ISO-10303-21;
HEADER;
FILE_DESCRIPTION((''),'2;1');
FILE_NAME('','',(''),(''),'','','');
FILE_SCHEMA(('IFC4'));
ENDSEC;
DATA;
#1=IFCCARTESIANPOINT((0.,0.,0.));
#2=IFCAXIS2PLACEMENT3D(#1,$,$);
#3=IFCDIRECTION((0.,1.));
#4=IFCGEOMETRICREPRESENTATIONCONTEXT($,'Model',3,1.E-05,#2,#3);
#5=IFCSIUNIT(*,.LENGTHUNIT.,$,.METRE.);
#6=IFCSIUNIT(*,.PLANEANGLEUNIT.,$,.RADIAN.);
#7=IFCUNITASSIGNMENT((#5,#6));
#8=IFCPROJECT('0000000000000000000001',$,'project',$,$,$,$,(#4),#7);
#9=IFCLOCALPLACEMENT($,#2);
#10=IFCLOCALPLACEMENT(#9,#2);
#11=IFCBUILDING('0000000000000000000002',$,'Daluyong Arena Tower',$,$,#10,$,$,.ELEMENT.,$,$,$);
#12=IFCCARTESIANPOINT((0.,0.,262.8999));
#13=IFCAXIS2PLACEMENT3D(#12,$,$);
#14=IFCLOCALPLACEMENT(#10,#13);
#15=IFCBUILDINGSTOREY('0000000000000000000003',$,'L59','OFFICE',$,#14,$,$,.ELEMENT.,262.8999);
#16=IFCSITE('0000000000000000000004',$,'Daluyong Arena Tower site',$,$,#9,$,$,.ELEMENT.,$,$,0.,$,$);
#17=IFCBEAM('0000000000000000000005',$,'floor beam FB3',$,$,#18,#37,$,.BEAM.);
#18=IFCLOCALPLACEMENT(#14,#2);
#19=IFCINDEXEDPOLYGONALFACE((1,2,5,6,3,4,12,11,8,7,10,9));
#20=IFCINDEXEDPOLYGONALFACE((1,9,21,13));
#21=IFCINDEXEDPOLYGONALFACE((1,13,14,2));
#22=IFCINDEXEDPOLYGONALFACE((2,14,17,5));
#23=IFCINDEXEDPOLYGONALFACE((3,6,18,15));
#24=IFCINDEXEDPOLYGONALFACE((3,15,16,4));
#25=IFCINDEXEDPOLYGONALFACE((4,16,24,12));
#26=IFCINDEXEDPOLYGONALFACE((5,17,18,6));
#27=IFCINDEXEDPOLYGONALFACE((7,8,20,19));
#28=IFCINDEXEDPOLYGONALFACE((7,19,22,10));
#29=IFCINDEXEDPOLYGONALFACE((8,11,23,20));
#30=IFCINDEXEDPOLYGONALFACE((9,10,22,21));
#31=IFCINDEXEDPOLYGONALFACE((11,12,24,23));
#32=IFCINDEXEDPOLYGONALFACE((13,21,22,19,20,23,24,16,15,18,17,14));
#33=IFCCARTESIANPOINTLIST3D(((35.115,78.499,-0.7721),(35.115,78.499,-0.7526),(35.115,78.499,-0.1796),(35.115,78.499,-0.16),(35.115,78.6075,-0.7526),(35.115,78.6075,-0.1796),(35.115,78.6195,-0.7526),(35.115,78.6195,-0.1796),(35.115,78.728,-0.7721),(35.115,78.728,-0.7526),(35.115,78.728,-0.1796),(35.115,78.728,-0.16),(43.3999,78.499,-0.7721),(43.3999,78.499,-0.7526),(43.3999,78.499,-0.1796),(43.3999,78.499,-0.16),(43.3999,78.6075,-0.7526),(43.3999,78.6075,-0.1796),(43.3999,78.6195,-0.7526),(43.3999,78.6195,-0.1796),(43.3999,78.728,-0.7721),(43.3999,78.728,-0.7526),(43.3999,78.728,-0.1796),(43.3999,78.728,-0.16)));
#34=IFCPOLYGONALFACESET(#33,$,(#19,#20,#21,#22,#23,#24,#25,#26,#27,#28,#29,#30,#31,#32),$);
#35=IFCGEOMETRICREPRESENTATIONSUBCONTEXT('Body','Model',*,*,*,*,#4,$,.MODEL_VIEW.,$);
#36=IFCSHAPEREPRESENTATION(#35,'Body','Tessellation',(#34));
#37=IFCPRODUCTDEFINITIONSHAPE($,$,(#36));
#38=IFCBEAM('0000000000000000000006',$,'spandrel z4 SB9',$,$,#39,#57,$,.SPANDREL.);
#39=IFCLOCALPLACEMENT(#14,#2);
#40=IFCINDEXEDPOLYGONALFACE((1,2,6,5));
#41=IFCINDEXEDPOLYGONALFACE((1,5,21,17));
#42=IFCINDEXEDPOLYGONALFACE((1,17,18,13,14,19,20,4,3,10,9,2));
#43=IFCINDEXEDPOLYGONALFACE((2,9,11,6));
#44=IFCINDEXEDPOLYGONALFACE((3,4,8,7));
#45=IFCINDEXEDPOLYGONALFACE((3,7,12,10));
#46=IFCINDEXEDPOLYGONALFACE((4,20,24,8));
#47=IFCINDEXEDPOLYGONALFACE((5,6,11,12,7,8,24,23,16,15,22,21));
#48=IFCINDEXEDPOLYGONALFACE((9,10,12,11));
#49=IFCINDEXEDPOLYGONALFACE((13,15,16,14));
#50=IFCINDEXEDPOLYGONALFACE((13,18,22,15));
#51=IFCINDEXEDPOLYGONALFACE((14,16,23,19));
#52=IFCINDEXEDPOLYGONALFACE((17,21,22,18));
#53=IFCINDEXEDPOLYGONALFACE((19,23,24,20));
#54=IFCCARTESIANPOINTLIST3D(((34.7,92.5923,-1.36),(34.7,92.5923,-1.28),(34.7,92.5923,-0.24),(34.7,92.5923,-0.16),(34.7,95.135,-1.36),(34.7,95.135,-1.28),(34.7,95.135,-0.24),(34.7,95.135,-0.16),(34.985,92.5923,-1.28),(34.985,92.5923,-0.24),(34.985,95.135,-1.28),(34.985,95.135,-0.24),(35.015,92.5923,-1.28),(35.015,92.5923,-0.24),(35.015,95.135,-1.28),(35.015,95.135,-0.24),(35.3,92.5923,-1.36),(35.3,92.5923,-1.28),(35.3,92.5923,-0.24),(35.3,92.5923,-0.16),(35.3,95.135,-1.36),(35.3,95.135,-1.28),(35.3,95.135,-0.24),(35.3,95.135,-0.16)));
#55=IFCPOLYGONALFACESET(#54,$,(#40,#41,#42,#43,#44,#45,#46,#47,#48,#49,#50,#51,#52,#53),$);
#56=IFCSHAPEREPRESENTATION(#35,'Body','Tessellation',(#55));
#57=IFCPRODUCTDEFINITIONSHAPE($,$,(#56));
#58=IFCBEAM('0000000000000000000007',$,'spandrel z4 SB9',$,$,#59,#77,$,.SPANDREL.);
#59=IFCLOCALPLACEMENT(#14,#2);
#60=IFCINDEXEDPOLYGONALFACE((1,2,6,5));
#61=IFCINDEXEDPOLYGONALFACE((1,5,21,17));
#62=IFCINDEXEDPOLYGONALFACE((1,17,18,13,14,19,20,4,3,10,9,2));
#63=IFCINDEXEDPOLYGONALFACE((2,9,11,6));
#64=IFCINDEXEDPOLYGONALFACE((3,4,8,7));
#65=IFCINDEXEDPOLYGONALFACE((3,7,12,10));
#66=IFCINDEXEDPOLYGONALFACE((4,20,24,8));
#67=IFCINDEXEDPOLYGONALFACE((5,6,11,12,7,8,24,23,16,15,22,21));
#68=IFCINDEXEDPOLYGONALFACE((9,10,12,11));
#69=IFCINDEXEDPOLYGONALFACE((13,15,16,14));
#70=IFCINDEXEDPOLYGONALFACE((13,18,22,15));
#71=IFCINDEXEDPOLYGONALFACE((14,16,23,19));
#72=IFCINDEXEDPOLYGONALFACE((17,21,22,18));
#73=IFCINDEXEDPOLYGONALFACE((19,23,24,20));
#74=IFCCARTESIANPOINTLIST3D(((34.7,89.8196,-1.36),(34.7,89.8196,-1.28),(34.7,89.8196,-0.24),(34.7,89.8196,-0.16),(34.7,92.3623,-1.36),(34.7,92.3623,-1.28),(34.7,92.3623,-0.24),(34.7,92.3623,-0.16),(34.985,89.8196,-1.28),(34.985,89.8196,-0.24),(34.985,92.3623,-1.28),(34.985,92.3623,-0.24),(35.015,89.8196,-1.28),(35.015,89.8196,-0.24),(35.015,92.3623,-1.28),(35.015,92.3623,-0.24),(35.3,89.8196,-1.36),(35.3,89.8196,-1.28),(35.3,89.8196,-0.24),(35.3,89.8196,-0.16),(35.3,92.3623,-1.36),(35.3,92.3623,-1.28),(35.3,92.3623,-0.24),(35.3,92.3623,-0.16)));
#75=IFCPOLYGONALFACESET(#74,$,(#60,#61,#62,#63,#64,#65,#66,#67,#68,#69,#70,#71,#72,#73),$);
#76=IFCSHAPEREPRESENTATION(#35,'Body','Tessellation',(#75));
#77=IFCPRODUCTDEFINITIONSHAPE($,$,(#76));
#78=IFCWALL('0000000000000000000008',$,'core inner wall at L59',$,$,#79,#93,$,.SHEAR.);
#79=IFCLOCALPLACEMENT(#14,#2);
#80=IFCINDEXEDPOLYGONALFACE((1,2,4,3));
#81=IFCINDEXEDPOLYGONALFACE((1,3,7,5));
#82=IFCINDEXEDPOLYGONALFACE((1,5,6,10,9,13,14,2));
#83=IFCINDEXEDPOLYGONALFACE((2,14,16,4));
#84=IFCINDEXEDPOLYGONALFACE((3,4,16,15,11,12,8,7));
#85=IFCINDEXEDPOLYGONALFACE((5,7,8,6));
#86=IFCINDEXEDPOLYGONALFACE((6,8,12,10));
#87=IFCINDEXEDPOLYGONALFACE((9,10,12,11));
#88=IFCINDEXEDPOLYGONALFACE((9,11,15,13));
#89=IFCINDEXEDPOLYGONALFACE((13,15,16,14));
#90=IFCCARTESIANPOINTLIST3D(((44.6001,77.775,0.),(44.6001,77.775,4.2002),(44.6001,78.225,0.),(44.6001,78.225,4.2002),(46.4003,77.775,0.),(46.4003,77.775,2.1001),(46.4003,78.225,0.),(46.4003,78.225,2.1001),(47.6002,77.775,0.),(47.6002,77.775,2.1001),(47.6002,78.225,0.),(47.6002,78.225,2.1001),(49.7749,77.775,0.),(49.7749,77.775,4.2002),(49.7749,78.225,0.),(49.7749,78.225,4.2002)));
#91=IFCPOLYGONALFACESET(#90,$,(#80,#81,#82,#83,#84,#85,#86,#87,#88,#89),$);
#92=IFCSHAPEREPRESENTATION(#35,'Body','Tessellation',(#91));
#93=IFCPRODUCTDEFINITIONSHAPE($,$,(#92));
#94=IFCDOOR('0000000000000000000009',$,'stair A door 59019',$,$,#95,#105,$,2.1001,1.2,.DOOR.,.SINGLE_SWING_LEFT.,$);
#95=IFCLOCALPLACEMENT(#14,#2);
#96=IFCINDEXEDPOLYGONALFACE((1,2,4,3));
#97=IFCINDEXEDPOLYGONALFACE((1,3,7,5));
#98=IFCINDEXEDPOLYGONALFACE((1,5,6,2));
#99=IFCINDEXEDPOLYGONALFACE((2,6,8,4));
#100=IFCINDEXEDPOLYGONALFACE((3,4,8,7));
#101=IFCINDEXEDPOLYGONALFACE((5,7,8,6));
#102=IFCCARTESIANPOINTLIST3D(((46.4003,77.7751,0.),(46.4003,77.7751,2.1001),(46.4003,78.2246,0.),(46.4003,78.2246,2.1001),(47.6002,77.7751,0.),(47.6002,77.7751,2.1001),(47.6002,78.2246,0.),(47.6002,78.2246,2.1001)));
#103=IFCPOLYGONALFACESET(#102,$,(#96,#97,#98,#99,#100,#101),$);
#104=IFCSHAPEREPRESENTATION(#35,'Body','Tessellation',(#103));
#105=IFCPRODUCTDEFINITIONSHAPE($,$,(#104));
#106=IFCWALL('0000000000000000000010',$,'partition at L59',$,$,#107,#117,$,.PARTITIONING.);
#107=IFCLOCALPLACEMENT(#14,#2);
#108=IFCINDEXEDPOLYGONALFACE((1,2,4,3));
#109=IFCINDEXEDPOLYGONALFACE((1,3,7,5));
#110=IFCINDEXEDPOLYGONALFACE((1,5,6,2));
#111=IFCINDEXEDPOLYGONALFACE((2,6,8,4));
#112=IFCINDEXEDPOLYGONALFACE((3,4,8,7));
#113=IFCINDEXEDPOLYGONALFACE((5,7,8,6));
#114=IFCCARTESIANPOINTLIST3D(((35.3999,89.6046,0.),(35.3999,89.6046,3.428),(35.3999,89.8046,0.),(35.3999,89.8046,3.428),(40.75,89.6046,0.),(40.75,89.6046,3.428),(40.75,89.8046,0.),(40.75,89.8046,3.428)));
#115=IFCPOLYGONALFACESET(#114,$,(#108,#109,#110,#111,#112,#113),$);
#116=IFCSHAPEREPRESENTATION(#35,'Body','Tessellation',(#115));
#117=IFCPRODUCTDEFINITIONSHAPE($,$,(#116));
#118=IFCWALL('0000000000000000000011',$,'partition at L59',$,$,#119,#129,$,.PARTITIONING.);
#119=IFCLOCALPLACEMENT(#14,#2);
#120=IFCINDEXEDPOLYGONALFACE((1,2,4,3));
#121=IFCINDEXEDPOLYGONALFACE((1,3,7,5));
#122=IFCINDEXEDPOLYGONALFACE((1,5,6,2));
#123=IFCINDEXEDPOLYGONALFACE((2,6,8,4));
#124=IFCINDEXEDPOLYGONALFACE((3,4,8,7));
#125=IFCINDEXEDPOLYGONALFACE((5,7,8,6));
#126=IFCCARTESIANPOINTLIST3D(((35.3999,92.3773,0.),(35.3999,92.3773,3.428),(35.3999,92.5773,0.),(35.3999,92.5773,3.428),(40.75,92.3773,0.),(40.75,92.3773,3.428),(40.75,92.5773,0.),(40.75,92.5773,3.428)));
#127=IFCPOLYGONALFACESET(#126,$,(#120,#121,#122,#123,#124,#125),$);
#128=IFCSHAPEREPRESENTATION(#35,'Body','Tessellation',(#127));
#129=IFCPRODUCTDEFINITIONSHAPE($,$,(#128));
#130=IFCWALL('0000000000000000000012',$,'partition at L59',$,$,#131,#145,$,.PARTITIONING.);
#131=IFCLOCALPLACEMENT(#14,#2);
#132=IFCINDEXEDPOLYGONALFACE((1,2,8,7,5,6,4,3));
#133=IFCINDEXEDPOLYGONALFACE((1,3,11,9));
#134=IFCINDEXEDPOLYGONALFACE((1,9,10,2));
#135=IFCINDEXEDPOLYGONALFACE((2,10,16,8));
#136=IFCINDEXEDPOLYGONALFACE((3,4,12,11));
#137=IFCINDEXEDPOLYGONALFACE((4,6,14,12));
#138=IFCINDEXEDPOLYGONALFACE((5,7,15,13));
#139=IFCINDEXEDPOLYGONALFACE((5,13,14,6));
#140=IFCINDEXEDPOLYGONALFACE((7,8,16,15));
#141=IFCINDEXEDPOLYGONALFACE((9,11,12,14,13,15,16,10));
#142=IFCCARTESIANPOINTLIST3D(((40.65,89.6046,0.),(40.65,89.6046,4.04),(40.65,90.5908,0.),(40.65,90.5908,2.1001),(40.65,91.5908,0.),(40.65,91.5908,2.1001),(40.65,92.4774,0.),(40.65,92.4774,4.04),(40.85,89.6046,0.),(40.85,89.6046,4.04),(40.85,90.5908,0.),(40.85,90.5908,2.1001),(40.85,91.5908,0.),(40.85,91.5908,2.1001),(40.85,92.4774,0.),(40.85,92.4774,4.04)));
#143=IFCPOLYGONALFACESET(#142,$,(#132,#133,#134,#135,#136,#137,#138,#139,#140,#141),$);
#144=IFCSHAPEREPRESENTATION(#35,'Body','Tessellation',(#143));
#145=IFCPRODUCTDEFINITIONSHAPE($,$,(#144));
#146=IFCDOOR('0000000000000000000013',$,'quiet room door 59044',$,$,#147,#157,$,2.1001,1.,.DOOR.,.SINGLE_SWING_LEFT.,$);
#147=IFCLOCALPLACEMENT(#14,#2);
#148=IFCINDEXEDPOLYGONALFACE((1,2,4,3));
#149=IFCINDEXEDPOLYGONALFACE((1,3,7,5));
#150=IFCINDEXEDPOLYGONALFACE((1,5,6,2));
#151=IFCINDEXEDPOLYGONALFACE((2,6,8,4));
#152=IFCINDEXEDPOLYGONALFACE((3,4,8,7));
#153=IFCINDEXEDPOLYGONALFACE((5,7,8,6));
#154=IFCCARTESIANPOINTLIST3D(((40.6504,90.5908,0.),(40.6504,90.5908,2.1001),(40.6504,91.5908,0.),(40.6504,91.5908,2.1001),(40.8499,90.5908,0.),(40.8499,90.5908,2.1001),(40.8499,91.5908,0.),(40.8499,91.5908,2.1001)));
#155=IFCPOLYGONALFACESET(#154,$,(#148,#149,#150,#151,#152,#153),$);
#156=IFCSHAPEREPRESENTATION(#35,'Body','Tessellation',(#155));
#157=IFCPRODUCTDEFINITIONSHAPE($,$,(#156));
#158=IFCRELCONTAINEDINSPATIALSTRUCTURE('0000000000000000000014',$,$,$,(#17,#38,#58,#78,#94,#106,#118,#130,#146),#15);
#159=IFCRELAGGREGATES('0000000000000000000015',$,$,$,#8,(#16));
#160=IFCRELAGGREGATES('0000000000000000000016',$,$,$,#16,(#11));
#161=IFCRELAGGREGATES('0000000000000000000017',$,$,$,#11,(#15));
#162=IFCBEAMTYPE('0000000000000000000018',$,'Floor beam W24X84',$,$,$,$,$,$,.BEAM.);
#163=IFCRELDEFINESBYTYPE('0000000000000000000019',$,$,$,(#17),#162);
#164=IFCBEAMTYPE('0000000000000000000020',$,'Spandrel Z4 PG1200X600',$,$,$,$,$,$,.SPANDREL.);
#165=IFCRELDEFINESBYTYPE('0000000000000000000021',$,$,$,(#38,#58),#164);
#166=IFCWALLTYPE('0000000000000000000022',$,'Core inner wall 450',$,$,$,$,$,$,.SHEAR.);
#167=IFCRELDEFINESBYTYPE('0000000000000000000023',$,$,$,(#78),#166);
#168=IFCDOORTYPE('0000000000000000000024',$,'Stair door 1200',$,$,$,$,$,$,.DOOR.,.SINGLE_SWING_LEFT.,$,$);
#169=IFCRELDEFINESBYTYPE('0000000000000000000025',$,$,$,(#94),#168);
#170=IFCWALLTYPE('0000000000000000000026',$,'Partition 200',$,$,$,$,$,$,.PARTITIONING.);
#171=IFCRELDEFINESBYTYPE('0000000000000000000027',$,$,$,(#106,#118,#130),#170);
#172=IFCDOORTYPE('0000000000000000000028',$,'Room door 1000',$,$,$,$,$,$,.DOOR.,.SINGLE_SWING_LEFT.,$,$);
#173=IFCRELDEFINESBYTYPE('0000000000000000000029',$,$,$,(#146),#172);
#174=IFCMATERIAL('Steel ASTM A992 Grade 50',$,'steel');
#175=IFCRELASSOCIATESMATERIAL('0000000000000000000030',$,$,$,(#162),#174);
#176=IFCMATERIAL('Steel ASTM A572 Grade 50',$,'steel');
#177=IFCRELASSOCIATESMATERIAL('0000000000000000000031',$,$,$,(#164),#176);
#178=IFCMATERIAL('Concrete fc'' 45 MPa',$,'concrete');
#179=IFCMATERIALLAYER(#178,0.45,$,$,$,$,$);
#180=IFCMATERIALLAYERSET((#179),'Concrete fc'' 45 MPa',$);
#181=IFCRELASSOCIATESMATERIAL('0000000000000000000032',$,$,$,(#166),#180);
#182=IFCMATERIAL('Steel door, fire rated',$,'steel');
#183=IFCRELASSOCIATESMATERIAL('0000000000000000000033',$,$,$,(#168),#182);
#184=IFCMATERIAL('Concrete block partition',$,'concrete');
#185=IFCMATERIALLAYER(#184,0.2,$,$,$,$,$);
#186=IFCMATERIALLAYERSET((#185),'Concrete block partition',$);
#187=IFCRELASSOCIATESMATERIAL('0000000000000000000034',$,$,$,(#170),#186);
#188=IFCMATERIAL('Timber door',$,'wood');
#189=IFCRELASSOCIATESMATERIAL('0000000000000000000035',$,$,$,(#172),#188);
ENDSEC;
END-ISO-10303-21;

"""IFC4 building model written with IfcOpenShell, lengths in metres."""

from ifc_helpers import new_model, si_unit, direction, frame, frame_2d, origin, origin_2d, place, context, subcontext, project, spatial, rectangle, i_section, extrude, material, layer, layer_set, material_profile, profile_set, type_object, element, fill, save


model = new_model("IFC4")

# Units and contexts
model_context = context("Model", 3, precision=1e-05, world=origin(), true_north=direction((0.0, 1.0)))
body_context = subcontext(model_context, "Body", "Model", "MODEL_VIEW")
ifc_project = project(units=[si_unit("LENGTHUNIT", "METRE"), si_unit("PLANEANGLEUNIT", "RADIAN")], contexts=[model_context])

# Site, building, storey
site_placement = place(None, origin())
site = spatial("IfcSite", under=ifc_project, at=site_placement, Name="Daluyong Arena Tower site", CompositionType="ELEMENT", RefElevation=0.0)
building_placement = place(site_placement, origin())
building = spatial("IfcBuilding", under=site, at=building_placement, Name="Daluyong Arena Tower", CompositionType="ELEMENT")
storey_placement = place(building_placement, frame((0.0, 0.0, 262.8999)))
storey = spatial("IfcBuildingStorey", under=building, at=storey_placement, Name="L59", Description="OFFICE", CompositionType="ELEMENT", Elevation=262.8999)

# Beams
ifc_material_1 = material(Name="Steel ASTM A992 Grade 50", Category="steel")
ifc_material_profile_1 = material_profile(ifc_material_1, i_section(OverallWidth=0.229, OverallDepth=0.6121, WebThickness=0.012, FlangeThickness=0.0195, at=origin_2d()))
ifc_profile_set_1 = profile_set([ifc_material_profile_1], Name="Steel ASTM A992 Grade 50")
beam_type_1 = type_object("IfcBeamType", Name="Floor beam W24X84", PredefinedType="BEAM", material=ifc_profile_set_1)
for number, where, z_axis, x_axis, name in (
    (1, (35.115, 78.6135, -0.4661), (1.0, 0.0, 0.0), (0.0, 1.0, 0.0), "floor beam FB3"),
):
    element("IfcBeam", number, at=place(storey_placement, frame(where, z_axis=z_axis, x_axis=x_axis)), inside=storey, type_object=beam_type_1, Name=name, PredefinedType="BEAM", context=body_context, shape_type="SweptSolid", body=[
        extrude(i_section(OverallWidth=0.229, OverallDepth=0.6121, WebThickness=0.012, FlangeThickness=0.0195, at=origin_2d()), origin(), (0.0, 0.0, 1.0), 8.2849),
    ])
ifc_material_2 = material(Name="Steel ASTM A572 Grade 50", Category="steel")
ifc_material_profile_2 = material_profile(ifc_material_2, i_section(OverallWidth=0.6001, OverallDepth=1.2, WebThickness=0.03, FlangeThickness=0.08, at=origin_2d()))
ifc_profile_set_2 = profile_set([ifc_material_profile_2], Name="Steel ASTM A572 Grade 50")
beam_type_2 = type_object("IfcBeamType", Name="Spandrel Z4 PG1200X600", PredefinedType="SPANDREL", material=ifc_profile_set_2)
for number, where, z_axis, x_axis, name in (
    (2, (35.0, 95.135, -0.76), (0.0, -1.0, 0.0), (1.0, 0.0, 0.0), "spandrel z4 SB9"),
    (3, (35.0, 92.3623, -0.76), (0.0, -1.0, 0.0), (1.0, 0.0, 0.0), "spandrel z4 SB9"),
):
    element("IfcBeam", number, at=place(storey_placement, frame(where, z_axis=z_axis, x_axis=x_axis)), inside=storey, type_object=beam_type_2, Name=name, PredefinedType="SPANDREL", context=body_context, shape_type="SweptSolid", body=[
        extrude(i_section(OverallWidth=0.6001, OverallDepth=1.2, WebThickness=0.03, FlangeThickness=0.08, at=origin_2d()), origin(), (0.0, 0.0, 1.0), 2.5427),
    ])

# Wall, opening, door
ifc_material_3 = material(Name="Concrete fc' 45 MPa", Category="concrete")
ifc_layer_1 = layer(ifc_material_3, 0.45)
ifc_layer_set_1 = layer_set([ifc_layer_1], Name="Concrete fc' 45 MPa")
wall_type_1 = type_object("IfcWallType", Name="Core inner wall 450", PredefinedType="SHEAR", material=ifc_layer_set_1)
wall_1_placement = place(storey_placement, frame((44.6001, 78.0, 0.0), z_axis=(0.0, 0.0, 1.0), x_axis=(1.0, 0.0, 0.0)))
wall_1 = element("IfcWall", 4, at=wall_1_placement, inside=storey, type_object=wall_type_1, Name="core inner wall at L59", PredefinedType="SHEAR", context=body_context, shape_type="SweptSolid", body=[
    extrude(rectangle(XDim=5.1748, YDim=0.45, at=frame_2d((2.5874, 0.0))), origin(), (0.0, 0.0, 1.0), 4.2002),
])
opening_1_placement = place(wall_1_placement, frame((1.8, 0.0, 0.0)))
opening_1 = element("IfcOpeningElement", 5, at=opening_1_placement, cuts=wall_1, PredefinedType="OPENING", context=body_context, shape_type="SweptSolid", body=[
    extrude(rectangle(XDim=1.2, YDim=2.1001, at=frame_2d((0.6001, 1.05))), frame((0.0, 0.2349, 0.0), z_axis=(0.0, -1.0, 0.0), x_axis=(1.0, 0.0, 0.0)), (0.0, 0.0, 1.0), 0.47),
])
ifc_material_4 = material(Name="Steel door, fire rated", Category="steel")
door_type_1 = type_object("IfcDoorType", Name="Stair door 1200", OperationType="SINGLE_SWING_LEFT", PredefinedType="DOOR", material=ifc_material_4)
door_1_placement = place(opening_1_placement, origin())
door_1 = element("IfcDoor", 6, at=door_1_placement, inside=storey, type_object=door_type_1, Name="stair A door 59019", OperationType="SINGLE_SWING_LEFT", OverallHeight=2.1001, OverallWidth=1.2, PredefinedType="DOOR", context=body_context, shape_type="SweptSolid", body=[
    extrude(rectangle(XDim=1.2, YDim=2.1001, at=frame_2d((0.6001, 1.05))), frame((0.0, 0.2246, 0.0), z_axis=(0.0, -1.0, 0.0), x_axis=(1.0, 0.0, 0.0)), (0.0, 0.0, 1.0), 0.4495),
])
fill(opening_1, door_1)

# Walls
ifc_material_5 = material(Name="Concrete block partition", Category="concrete")
ifc_layer_2 = layer(ifc_material_5, 0.2)
ifc_layer_set_2 = layer_set([ifc_layer_2], Name="Concrete block partition")
wall_type_2 = type_object("IfcWallType", Name="Partition 200", PredefinedType="PARTITIONING", material=ifc_layer_set_2)
for number, where, z_axis, x_axis, name in (
    (7, (35.3999, 89.7046, 0.0), (0.0, 0.0, 1.0), (1.0, 0.0, 0.0), "partition at L59"),
    (8, (35.3999, 92.4773, 0.0), (0.0, 0.0, 1.0), (1.0, 0.0, 0.0), "partition at L59"),
):
    element("IfcWall", number, at=place(storey_placement, frame(where, z_axis=z_axis, x_axis=x_axis)), inside=storey, type_object=wall_type_2, Name=name, PredefinedType="PARTITIONING", context=body_context, shape_type="SweptSolid", body=[
        extrude(rectangle(XDim=5.3501, YDim=0.2, at=frame_2d((2.675, 0.0))), origin(), (0.0, 0.0, 1.0), 3.428),
    ])

# Wall, opening, door
wall_2_placement = place(storey_placement, frame((40.75, 89.6045, 0.0), z_axis=(0.0, 0.0, 1.0), x_axis=(0.0, 1.0, 0.0)))
wall_2 = element("IfcWall", 9, at=wall_2_placement, inside=storey, type_object=wall_type_2, Name="partition at L59", PredefinedType="PARTITIONING", context=body_context, shape_type="SweptSolid", body=[
    extrude(rectangle(XDim=2.8728, YDim=0.2, at=frame_2d((1.4365, 0.0))), origin(), (0.0, 0.0, 1.0), 4.04),
])
opening_2_placement = place(wall_2_placement, frame((0.9863, 0.0, 0.0)))
opening_2 = element("IfcOpeningElement", 10, at=opening_2_placement, cuts=wall_2, PredefinedType="OPENING", context=body_context, shape_type="SweptSolid", body=[
    extrude(rectangle(XDim=1.0, YDim=2.1001, at=frame_2d((0.5, 1.05))), frame((0.0, 0.1099, 0.0), z_axis=(0.0, -1.0, 0.0), x_axis=(1.0, 0.0, 0.0)), (0.0, 0.0, 1.0), 0.22),
])
ifc_material_6 = material(Name="Timber door", Category="wood")
door_type_2 = type_object("IfcDoorType", Name="Room door 1000", OperationType="SINGLE_SWING_LEFT", PredefinedType="DOOR", material=ifc_material_6)
door_2_placement = place(opening_2_placement, origin())
door_2 = element("IfcDoor", 11, at=door_2_placement, inside=storey, type_object=door_type_2, Name="quiet room door 59044", OperationType="SINGLE_SWING_LEFT", OverallHeight=2.1001, OverallWidth=1.0, PredefinedType="DOOR", context=body_context, shape_type="SweptSolid", body=[
    extrude(rectangle(XDim=1.0, YDim=2.1001, at=frame_2d((0.5, 1.05))), frame((0.0, 0.0996, 0.0), z_axis=(0.0, -1.0, 0.0), x_axis=(1.0, 0.0, 0.0)), (0.0, 0.0, 1.0), 0.1995),
])
fill(opening_2, door_2)

save(model, "model.ifc")
